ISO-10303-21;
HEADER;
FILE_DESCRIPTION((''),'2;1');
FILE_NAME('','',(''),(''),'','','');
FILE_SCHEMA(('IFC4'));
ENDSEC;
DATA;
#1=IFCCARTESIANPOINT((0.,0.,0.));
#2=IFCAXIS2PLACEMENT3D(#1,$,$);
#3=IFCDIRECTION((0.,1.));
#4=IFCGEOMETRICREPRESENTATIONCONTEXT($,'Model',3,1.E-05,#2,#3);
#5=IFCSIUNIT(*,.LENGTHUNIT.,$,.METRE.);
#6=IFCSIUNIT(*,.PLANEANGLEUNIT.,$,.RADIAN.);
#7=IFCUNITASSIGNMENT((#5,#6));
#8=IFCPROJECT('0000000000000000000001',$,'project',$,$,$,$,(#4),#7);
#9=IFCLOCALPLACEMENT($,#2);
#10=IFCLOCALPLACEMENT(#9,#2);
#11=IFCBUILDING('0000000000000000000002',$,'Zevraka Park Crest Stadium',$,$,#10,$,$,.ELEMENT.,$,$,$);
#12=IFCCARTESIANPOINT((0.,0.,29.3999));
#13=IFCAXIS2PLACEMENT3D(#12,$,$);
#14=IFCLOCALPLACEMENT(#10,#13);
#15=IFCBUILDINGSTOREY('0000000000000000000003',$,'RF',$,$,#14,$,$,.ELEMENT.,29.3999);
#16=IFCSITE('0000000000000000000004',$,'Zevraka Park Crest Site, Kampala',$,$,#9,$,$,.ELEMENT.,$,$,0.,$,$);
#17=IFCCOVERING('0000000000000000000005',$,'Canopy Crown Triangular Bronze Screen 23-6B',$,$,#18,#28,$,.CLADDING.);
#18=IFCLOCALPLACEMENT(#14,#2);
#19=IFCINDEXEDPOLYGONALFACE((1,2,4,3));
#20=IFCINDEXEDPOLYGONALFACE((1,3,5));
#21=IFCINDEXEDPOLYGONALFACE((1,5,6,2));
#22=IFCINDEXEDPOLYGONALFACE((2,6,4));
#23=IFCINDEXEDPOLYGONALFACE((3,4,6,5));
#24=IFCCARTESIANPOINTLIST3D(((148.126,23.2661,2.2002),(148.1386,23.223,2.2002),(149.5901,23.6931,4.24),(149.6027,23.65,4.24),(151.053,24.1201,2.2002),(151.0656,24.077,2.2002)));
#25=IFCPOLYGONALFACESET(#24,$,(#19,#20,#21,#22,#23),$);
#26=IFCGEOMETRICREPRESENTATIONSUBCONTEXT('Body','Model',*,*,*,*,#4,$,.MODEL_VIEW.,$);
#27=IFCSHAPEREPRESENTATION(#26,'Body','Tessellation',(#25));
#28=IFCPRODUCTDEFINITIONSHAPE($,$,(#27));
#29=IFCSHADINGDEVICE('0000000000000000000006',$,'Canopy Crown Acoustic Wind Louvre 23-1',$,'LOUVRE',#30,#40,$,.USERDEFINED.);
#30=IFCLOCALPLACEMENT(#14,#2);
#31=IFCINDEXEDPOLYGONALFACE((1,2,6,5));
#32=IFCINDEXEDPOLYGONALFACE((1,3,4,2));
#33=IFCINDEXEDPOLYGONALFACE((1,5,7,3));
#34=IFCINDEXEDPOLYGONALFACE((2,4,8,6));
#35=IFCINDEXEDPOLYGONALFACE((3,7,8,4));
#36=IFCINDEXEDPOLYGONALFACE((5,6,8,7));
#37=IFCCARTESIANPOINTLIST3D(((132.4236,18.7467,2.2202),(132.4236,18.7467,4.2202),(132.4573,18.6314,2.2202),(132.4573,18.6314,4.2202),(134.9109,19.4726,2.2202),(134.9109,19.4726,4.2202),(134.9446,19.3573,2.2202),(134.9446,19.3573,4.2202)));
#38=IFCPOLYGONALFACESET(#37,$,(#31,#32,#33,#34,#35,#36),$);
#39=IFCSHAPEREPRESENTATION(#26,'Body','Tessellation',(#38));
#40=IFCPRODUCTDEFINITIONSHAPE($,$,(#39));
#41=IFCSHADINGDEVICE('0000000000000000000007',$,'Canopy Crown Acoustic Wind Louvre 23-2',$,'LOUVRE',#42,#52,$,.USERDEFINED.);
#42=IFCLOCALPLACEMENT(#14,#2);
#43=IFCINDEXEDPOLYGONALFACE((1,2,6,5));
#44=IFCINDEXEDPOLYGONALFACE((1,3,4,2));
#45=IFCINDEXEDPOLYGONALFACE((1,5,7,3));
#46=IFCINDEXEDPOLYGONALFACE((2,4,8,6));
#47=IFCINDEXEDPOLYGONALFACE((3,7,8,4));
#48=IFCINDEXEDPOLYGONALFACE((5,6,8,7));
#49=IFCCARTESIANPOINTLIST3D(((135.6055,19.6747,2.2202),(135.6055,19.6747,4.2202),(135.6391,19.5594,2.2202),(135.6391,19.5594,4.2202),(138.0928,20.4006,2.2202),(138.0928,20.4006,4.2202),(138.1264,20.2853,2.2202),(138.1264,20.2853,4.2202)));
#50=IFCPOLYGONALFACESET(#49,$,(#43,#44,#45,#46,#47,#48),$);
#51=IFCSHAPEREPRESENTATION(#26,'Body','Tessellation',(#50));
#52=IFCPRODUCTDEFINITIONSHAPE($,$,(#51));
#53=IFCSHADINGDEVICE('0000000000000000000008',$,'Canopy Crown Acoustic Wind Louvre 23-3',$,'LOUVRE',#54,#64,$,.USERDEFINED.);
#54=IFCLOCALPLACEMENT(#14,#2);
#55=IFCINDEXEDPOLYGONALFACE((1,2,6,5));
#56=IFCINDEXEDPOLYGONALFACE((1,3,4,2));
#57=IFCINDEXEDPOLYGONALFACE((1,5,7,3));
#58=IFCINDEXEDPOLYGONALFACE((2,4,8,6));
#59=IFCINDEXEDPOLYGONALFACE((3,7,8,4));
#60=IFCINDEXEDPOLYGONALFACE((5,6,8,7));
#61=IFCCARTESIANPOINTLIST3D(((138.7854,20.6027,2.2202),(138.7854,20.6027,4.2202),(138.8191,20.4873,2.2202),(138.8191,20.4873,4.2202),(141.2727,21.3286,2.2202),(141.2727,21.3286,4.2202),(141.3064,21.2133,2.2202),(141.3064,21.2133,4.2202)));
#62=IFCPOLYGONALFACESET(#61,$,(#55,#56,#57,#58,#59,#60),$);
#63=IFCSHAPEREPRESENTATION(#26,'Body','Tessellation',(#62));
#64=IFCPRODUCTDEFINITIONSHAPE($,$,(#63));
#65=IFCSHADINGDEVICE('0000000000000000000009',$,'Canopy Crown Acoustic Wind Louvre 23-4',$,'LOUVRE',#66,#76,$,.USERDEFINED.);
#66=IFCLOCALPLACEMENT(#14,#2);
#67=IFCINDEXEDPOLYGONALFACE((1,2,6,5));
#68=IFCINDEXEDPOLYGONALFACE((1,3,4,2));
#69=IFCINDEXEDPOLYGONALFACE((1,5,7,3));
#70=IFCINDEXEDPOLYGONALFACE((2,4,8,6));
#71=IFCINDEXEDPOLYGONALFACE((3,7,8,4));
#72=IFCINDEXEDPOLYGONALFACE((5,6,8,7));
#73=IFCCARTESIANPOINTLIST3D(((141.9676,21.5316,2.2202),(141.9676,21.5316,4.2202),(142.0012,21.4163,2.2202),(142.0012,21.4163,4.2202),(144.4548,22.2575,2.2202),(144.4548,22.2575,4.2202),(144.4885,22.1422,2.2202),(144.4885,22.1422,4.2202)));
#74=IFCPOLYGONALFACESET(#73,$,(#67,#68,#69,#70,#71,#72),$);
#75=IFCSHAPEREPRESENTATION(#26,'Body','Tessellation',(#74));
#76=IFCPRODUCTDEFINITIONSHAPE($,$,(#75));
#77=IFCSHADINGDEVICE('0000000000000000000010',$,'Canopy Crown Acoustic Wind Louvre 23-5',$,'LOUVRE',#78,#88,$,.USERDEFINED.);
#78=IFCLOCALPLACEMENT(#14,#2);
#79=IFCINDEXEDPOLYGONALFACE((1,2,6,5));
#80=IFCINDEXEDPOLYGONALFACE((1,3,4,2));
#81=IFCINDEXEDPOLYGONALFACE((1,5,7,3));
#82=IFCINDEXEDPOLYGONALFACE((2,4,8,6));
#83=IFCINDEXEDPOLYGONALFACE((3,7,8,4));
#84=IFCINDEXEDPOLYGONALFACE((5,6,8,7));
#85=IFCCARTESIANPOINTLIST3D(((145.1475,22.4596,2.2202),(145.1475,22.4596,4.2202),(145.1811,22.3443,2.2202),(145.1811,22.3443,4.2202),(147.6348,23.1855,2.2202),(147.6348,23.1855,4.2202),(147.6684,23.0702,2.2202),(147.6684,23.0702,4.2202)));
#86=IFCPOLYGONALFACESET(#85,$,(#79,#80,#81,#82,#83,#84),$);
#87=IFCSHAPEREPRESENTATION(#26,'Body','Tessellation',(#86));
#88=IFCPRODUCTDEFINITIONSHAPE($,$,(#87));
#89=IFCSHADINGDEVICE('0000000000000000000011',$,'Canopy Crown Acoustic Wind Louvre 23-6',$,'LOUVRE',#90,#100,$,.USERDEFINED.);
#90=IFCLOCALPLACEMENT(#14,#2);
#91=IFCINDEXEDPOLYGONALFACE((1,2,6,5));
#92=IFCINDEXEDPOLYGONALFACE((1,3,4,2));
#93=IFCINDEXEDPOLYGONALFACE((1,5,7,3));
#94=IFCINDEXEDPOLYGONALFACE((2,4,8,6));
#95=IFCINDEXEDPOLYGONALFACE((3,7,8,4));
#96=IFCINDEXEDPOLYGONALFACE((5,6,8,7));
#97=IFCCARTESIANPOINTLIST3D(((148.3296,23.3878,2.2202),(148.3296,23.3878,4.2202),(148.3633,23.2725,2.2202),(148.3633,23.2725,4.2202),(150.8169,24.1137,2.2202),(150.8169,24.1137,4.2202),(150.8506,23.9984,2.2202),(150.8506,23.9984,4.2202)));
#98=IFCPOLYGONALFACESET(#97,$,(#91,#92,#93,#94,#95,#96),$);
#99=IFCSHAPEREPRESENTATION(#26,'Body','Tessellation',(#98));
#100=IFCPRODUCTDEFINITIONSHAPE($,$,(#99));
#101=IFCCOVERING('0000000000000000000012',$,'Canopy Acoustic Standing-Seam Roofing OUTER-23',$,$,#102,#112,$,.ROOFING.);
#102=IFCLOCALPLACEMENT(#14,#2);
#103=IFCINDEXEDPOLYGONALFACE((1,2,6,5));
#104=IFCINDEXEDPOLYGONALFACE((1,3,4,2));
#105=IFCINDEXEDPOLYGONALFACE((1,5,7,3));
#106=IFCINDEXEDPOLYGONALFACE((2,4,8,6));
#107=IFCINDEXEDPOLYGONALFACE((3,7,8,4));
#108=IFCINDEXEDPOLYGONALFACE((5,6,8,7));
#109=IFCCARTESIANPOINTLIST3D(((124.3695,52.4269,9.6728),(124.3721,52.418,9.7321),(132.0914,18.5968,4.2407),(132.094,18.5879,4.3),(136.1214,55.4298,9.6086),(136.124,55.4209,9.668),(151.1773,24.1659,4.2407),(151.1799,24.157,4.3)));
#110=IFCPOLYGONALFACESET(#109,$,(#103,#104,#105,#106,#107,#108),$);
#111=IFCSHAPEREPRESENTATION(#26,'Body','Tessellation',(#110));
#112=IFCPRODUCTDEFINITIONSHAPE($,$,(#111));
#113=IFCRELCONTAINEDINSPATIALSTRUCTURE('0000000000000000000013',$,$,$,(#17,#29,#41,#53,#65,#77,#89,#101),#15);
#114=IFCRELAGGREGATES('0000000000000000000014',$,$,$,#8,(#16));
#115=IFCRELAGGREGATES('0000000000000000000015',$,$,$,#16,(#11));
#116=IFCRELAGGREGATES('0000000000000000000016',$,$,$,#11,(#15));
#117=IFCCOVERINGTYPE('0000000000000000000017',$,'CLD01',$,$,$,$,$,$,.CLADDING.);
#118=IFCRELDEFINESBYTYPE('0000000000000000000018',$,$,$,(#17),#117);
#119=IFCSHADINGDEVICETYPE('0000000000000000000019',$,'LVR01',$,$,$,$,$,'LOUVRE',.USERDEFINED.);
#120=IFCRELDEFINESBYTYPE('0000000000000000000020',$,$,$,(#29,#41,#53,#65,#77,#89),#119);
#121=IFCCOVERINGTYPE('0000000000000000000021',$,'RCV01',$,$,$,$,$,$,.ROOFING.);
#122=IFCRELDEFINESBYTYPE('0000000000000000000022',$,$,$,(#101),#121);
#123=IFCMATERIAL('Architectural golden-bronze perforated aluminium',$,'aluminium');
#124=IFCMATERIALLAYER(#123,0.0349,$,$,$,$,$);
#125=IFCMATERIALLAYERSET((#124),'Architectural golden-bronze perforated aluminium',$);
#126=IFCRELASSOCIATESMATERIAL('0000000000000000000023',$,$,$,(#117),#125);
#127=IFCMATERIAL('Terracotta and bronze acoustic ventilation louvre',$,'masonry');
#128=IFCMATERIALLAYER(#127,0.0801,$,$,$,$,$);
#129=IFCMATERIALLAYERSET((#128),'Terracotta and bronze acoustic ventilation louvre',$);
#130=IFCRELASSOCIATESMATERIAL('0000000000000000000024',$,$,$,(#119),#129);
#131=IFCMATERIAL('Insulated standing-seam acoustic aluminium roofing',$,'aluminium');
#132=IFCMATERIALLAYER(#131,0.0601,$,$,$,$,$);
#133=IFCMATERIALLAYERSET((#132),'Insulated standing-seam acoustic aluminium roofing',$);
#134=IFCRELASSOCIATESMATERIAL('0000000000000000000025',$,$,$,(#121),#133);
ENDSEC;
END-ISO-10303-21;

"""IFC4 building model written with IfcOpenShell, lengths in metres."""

from ifc_helpers import new_model, si_unit, direction, frame, origin, origin_2d, place, context, subcontext, project, spatial, polyline, rectangle, outline, extrude, material, layer, layer_set, type_object, element, save


model = new_model("IFC4")

# Units and contexts
model_context = context("Model", 3, precision=1e-05, world=origin(), true_north=direction((0.0, 1.0)))
body_context = subcontext(model_context, "Body", "Model", "MODEL_VIEW")
ifc_project = project(units=[si_unit("LENGTHUNIT", "METRE"), si_unit("PLANEANGLEUNIT", "RADIAN")], contexts=[model_context])

# Site, building, storey
site_placement = place(None, origin())
site = spatial("IfcSite", under=ifc_project, at=site_placement, Name="Zevraka Park Crest Site, Kampala", CompositionType="ELEMENT", RefElevation=0.0)
building_placement = place(site_placement, origin())
building = spatial("IfcBuilding", under=site, at=building_placement, Name="Zevraka Park Crest Stadium", CompositionType="ELEMENT")
storey_placement = place(building_placement, frame((0.0, 0.0, 29.3999)))
storey = spatial("IfcBuildingStorey", under=building, at=storey_placement, Name="RF", CompositionType="ELEMENT", Elevation=29.3999)

# Covering
ifc_material_1 = material(Name="Architectural golden-bronze perforated aluminium", Category="aluminium")
ifc_layer_1 = layer(ifc_material_1, 0.0349)
ifc_layer_set_1 = layer_set([ifc_layer_1], Name="Architectural golden-bronze perforated aluminium")
covering_type_1 = type_object("IfcCoveringType", Name="CLD01", PredefinedType="CLADDING", material=ifc_layer_set_1)
covering_1_placement = place(storey_placement, frame((148.126, 23.2661, 2.2002), z_axis=(-0.280089, 0.959974, 0.000084), x_axis=(0.959974, 0.280089, 0.0)))
element("IfcCovering", 1, at=covering_1_placement, inside=storey, type_object=covering_type_1, Name="Canopy Crown Triangular Bronze Screen 23-6B", PredefinedType="CLADDING", context=body_context, shape_type="SweptSolid", body=[
    extrude(outline(polyline([(0.0, 0.0), (3.049, 0.0), (1.5251, -2.0398), (0.0, 0.0)])), origin(), (0.0, 0.0, -1.0), 0.0449),
])

# Shading devices
ifc_material_2 = material(Name="Terracotta and bronze acoustic ventilation louvre", Category="masonry")
ifc_layer_2 = layer(ifc_material_2, 0.0801)
ifc_layer_set_2 = layer_set([ifc_layer_2], Name="Terracotta and bronze acoustic ventilation louvre")
shading_device_type = type_object("IfcShadingDeviceType", Name="LVR01", ElementType="LOUVRE", PredefinedType="USERDEFINED", material=ifc_layer_set_2)
for number, where, z_axis, x_axis, name in (
    (2, (133.6841, 19.052, 2.2202), (0.0, 0.0, 1.0), (0.959952, 0.280164, 0.0), "Canopy Crown Acoustic Wind Louvre 23-1"),
    (3, (136.866, 19.98, 2.2202), (0.0, 0.0, 1.0), (0.959952, 0.280164, 0.0), "Canopy Crown Acoustic Wind Louvre 23-2"),
    (4, (140.0459, 20.908, 2.2202), (0.0, 0.0, 1.0), (0.959952, 0.280164, 0.0), "Canopy Crown Acoustic Wind Louvre 23-3"),
    (5, (143.228, 21.8369, 2.2202), (0.0, 0.0, 1.0), (0.959952, 0.280164, 0.0), "Canopy Crown Acoustic Wind Louvre 23-4"),
    (6, (146.408, 22.7649, 2.2202), (0.0, 0.0, 1.0), (0.959952, 0.280164, 0.0), "Canopy Crown Acoustic Wind Louvre 23-5"),
    (7, (149.5901, 23.6931, 2.2202), (0.0, 0.0, 1.0), (0.959952, 0.280164, 0.0), "Canopy Crown Acoustic Wind Louvre 23-6"),
):
    element("IfcShadingDevice", number, at=place(storey_placement, frame(where, z_axis=z_axis, x_axis=x_axis)), inside=storey, type_object=shading_device_type, Name=name, ObjectType="LOUVRE", PredefinedType="USERDEFINED", context=body_context, shape_type="SweptSolid", body=[
        extrude(rectangle(XDim=2.5911, YDim=0.1201, at=origin_2d()), origin(), (0.0, 0.0, 1.0), 2.0),
    ])

# Covering
ifc_material_3 = material(Name="Insulated standing-seam acoustic aluminium roofing", Category="aluminium")
ifc_layer_3 = layer(ifc_material_3, 0.0601)
ifc_layer_set_3 = layer_set([ifc_layer_3], Name="Insulated standing-seam acoustic aluminium roofing")
covering_type_2 = type_object("IfcCoveringType", Name="RCV01", PredefinedType="ROOFING", material=ifc_layer_set_3)
covering_2_placement = place(storey_placement, frame((132.094, 18.5879, 4.3), z_axis=(0.043398, -0.148725, 0.987926), x_axis=(0.959968, 0.28011, -0.000002)))
element("IfcCovering", 8, at=covering_2_placement, inside=storey, type_object=covering_type_2, Name="Canopy Acoustic Standing-Seam Roofing OUTER-23", PredefinedType="ROOFING", context=body_context, shape_type="SweptSolid", body=[
    extrude(outline(polyline([(0.0, 0.0), (19.8818, 0.0), (14.186, 34.648), (2.0633, 35.0621), (0.0, 0.0)])), origin(), (0.0, 0.0, -1.0), 0.0601),
])

save(model, "model.ifc")
